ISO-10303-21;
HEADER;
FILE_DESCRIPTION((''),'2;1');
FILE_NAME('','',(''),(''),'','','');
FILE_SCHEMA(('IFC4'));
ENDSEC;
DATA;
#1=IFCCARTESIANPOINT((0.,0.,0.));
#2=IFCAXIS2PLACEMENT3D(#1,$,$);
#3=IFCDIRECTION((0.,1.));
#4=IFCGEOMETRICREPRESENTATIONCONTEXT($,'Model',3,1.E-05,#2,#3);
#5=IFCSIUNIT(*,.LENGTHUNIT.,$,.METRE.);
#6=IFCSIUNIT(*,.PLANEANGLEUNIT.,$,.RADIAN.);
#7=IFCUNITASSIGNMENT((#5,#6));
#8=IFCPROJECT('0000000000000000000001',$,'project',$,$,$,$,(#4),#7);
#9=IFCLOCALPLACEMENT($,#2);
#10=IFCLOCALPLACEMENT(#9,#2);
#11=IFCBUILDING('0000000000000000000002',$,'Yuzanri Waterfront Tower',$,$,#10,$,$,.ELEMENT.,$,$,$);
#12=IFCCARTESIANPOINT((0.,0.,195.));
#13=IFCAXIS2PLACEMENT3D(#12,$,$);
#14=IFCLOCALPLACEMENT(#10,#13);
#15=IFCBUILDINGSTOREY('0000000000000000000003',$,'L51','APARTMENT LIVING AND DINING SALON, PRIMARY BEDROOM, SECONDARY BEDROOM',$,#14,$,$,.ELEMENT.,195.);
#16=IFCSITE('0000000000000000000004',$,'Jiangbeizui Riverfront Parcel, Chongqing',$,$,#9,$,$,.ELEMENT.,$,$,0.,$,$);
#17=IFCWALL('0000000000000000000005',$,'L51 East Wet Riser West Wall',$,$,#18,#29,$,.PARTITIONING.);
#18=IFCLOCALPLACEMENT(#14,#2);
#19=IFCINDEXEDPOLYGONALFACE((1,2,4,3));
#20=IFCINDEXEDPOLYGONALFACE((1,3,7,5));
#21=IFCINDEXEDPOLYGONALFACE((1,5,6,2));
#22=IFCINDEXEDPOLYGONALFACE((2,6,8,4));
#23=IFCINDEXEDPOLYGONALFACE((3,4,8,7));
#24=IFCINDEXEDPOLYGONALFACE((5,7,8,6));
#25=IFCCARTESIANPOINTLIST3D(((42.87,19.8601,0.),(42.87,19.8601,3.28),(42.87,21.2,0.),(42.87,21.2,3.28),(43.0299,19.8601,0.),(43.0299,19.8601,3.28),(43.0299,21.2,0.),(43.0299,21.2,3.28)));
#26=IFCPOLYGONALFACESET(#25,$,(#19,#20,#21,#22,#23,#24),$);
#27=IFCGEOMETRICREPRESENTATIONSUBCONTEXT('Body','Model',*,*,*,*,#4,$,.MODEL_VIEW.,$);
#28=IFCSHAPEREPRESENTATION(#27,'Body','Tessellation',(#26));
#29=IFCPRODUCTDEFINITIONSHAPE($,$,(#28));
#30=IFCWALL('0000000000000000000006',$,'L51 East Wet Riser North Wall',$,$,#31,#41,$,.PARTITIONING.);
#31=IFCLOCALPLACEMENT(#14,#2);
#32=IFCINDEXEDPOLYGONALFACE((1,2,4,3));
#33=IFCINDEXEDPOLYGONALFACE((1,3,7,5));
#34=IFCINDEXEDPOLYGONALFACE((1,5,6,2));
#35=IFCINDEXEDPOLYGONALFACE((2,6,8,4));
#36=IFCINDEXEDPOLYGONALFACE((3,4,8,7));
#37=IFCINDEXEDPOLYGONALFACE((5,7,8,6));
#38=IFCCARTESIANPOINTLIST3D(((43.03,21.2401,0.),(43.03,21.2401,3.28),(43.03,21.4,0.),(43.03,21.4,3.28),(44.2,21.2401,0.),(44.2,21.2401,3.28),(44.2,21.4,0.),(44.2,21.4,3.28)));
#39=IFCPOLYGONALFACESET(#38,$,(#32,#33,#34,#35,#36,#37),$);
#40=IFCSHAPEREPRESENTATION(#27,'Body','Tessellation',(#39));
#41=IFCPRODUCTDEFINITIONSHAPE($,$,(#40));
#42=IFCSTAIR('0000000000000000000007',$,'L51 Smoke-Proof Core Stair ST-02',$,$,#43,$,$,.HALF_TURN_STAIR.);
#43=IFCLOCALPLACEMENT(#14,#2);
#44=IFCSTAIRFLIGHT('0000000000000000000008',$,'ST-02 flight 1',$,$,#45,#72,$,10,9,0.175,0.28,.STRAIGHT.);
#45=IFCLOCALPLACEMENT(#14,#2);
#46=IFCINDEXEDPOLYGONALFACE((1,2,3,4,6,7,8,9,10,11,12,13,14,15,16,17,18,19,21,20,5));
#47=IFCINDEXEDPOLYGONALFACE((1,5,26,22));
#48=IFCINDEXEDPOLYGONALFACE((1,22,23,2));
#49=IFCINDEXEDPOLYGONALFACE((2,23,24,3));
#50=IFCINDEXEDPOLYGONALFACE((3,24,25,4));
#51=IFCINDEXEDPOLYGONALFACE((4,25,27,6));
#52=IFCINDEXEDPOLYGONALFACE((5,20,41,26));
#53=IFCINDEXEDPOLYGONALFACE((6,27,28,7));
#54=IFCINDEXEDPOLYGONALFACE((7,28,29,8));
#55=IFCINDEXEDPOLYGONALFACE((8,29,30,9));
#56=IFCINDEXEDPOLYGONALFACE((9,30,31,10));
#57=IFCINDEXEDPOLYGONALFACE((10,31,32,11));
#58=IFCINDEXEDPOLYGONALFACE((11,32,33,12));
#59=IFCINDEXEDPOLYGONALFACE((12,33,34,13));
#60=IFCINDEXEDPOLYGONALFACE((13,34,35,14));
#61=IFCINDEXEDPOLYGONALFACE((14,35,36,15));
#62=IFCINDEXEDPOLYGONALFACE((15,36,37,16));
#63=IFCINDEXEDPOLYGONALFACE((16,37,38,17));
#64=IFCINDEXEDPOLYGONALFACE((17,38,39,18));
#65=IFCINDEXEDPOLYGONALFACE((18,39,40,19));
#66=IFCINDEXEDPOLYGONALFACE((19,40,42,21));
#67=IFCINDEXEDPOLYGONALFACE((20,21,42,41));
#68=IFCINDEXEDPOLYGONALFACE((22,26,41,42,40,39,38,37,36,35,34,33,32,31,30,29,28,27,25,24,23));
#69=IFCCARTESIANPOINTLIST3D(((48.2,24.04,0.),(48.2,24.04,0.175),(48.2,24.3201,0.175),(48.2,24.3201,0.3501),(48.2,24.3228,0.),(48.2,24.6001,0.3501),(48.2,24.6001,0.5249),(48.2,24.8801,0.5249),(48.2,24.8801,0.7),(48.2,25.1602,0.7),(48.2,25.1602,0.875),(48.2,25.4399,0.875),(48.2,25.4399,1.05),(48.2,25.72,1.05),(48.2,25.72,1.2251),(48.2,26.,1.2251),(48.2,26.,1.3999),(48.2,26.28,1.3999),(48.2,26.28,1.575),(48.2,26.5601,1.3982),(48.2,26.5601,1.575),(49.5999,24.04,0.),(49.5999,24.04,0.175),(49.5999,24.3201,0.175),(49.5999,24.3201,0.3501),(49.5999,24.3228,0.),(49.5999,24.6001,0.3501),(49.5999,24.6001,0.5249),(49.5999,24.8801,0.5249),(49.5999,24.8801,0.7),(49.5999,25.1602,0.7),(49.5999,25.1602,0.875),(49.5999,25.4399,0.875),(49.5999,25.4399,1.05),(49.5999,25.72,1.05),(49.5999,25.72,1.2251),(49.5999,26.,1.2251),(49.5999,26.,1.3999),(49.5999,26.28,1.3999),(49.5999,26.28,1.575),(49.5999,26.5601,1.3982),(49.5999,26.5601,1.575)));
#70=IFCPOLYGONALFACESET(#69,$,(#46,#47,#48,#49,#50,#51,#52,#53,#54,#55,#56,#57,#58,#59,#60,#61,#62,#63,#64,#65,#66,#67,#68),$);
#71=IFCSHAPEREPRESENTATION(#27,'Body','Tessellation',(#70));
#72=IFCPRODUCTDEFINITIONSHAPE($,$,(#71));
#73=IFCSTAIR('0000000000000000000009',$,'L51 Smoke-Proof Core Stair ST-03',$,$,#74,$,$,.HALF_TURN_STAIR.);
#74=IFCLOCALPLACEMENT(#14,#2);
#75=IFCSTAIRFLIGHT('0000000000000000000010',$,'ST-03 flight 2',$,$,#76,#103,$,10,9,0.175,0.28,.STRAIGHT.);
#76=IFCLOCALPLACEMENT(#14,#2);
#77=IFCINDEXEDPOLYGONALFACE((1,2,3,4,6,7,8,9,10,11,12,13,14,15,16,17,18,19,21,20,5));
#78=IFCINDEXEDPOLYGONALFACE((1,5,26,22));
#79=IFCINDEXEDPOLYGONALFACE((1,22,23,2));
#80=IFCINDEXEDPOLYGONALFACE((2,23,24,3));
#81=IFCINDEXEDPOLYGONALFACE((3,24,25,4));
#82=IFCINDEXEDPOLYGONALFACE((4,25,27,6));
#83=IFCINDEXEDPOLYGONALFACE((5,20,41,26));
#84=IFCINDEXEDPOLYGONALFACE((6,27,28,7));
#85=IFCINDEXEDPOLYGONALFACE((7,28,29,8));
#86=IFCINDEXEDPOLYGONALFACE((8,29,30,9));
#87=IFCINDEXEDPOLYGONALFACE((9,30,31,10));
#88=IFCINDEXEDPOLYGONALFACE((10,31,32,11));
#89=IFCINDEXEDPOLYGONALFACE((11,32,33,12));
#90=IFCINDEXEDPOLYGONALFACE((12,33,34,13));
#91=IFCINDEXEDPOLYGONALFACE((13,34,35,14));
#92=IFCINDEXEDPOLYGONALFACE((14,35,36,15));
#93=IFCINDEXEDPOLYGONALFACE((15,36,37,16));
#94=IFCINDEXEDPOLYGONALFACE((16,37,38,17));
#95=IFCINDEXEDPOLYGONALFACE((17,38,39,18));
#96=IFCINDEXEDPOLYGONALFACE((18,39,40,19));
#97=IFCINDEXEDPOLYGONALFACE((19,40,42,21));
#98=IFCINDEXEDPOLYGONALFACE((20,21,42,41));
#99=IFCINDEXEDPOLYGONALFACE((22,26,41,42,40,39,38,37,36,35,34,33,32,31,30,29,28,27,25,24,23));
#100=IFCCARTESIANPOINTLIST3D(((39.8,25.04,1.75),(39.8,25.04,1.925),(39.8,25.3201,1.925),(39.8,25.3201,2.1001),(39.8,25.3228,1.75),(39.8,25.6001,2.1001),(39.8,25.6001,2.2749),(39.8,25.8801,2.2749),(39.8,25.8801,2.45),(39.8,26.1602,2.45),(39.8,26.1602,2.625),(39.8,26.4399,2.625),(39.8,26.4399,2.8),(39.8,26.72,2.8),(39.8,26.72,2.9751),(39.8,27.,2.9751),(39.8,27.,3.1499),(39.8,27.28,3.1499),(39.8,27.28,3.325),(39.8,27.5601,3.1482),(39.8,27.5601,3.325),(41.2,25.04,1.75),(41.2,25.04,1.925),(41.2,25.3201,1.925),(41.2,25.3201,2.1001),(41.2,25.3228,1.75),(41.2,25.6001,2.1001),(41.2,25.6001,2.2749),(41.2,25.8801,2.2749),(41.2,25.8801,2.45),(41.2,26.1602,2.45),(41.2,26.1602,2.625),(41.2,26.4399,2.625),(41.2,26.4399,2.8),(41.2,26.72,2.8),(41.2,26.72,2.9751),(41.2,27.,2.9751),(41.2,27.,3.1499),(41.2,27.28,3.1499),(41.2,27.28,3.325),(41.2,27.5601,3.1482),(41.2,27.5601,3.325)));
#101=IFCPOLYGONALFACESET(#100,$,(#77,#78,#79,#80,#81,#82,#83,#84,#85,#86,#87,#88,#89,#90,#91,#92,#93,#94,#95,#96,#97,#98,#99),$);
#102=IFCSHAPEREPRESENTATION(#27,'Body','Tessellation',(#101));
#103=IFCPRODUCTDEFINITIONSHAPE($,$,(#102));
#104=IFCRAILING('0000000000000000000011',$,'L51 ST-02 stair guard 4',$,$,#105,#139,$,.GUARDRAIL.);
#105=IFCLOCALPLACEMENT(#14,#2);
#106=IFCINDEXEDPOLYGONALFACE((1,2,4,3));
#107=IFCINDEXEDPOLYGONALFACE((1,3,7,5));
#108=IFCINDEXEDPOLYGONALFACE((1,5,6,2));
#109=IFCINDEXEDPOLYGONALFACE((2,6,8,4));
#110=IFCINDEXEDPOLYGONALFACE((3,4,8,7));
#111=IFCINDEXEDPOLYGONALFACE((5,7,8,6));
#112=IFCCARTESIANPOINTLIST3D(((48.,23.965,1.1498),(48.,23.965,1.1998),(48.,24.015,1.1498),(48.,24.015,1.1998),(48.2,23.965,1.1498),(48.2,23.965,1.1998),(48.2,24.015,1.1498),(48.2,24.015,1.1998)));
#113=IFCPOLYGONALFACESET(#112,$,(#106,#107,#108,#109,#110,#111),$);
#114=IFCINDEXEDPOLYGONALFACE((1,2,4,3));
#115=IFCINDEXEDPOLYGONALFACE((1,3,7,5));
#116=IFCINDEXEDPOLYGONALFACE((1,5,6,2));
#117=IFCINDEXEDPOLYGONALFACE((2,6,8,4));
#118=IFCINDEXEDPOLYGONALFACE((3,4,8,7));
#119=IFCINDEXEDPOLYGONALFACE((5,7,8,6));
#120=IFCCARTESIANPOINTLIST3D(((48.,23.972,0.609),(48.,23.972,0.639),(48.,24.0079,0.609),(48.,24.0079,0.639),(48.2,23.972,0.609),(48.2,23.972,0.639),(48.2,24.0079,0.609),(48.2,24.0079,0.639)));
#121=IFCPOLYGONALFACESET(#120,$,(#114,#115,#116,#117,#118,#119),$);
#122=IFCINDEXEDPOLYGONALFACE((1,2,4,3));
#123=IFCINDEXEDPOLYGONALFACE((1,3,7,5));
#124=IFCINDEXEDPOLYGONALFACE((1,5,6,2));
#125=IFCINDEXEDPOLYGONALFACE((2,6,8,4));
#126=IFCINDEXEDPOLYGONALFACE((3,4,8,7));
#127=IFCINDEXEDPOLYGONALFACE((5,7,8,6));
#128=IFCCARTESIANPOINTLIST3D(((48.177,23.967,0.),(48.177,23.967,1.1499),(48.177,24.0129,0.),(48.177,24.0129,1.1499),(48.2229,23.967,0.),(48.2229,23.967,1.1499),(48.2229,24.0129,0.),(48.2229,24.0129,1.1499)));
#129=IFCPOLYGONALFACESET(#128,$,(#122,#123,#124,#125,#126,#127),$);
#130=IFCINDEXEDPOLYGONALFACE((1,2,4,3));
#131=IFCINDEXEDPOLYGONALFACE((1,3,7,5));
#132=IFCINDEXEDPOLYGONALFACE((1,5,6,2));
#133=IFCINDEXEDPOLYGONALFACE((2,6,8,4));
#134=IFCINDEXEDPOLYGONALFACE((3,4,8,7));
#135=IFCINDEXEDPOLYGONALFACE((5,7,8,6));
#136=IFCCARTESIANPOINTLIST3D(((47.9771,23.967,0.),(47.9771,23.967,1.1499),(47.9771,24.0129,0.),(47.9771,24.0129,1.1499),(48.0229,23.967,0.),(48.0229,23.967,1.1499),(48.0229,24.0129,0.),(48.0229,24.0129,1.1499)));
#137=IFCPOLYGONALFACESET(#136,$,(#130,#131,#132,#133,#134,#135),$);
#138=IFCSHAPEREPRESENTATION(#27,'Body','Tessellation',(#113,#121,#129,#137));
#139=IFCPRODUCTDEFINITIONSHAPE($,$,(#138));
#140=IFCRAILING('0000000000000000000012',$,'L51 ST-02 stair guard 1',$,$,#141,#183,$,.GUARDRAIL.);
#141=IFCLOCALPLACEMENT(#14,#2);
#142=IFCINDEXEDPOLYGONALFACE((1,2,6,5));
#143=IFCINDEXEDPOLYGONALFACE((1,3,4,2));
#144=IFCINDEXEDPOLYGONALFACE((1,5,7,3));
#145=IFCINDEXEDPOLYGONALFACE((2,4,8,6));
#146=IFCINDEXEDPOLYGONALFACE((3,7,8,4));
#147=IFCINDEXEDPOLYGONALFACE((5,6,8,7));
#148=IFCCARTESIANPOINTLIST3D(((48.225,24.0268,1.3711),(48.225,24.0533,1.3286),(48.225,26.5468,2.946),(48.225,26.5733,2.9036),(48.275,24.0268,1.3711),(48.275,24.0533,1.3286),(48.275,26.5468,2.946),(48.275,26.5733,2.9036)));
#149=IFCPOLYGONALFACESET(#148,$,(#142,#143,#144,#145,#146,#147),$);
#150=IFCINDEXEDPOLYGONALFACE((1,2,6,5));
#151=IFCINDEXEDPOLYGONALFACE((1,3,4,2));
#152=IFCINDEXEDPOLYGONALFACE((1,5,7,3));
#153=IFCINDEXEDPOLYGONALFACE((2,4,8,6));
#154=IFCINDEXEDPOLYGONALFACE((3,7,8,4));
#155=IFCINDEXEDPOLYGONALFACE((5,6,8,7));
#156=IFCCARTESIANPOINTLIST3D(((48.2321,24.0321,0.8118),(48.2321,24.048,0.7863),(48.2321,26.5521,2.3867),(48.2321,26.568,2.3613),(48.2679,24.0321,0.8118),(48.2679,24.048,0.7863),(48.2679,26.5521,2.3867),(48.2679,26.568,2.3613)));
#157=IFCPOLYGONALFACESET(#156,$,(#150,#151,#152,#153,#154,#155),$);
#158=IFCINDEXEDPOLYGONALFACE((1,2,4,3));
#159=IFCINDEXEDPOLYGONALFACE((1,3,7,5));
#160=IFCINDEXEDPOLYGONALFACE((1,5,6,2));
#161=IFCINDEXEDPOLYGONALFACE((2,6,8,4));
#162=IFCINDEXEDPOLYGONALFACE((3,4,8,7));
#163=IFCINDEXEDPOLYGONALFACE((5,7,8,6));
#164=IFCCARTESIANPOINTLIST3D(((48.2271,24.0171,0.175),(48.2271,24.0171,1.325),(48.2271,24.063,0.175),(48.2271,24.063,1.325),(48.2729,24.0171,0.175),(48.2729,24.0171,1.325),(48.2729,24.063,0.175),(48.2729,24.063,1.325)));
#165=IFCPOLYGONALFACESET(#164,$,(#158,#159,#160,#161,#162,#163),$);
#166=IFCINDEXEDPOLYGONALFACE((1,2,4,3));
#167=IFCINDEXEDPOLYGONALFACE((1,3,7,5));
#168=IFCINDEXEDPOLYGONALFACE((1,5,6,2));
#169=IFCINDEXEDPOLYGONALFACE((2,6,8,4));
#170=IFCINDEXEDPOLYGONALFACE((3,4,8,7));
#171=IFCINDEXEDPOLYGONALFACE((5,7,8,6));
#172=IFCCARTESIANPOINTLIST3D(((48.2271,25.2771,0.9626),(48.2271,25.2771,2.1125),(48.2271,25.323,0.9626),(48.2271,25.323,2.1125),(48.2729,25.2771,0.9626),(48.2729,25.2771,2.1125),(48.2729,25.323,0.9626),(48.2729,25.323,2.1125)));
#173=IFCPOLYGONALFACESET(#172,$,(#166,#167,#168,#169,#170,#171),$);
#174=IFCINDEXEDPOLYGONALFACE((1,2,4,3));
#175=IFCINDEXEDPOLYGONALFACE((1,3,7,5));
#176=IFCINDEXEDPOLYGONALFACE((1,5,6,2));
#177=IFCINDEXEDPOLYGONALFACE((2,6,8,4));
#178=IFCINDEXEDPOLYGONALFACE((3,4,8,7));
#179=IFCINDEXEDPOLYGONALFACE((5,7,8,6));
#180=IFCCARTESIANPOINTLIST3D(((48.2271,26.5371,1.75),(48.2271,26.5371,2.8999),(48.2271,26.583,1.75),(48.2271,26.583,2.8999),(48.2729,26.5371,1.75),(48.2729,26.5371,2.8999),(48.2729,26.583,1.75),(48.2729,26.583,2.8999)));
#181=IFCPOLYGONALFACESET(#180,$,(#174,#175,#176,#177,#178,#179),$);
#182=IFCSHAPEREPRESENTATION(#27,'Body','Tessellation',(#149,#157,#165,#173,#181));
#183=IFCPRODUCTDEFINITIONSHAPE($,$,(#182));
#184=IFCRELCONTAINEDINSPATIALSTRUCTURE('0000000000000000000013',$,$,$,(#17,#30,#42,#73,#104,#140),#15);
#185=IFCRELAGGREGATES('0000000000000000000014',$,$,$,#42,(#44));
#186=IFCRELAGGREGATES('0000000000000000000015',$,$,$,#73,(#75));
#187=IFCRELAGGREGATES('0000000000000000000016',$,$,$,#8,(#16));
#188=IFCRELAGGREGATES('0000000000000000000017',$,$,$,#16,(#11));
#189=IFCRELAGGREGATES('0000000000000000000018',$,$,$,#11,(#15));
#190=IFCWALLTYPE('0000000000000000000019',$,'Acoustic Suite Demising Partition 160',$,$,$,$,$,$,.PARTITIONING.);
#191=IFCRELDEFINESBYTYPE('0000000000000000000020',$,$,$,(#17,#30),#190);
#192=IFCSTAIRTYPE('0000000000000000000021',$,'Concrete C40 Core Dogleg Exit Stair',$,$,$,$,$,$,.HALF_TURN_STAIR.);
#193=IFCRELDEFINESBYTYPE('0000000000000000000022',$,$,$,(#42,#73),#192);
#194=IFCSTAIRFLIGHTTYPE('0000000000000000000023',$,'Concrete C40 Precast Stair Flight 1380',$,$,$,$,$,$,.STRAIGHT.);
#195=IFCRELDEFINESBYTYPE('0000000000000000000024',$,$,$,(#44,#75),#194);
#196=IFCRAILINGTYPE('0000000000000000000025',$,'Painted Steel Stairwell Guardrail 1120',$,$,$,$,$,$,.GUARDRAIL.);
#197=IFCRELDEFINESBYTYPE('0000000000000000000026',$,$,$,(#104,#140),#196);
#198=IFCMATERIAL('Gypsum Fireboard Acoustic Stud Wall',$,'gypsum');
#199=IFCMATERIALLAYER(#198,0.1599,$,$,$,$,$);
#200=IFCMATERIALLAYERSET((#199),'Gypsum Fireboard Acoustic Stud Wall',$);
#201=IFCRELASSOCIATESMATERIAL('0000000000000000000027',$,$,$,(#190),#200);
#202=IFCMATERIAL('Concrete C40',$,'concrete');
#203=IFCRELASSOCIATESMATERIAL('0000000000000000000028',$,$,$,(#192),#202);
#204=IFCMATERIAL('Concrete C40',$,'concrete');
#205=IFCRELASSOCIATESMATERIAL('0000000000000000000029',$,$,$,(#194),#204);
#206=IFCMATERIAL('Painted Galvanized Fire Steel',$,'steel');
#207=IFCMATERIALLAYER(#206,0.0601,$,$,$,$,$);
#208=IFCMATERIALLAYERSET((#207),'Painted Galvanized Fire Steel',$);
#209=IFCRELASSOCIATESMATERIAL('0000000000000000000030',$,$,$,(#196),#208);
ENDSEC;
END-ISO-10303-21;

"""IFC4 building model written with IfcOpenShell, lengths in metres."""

from ifc_helpers import new_model, si_unit, direction, frame, frame_2d, origin, origin_2d, place, context, subcontext, project, spatial, polyline, rectangle, outline, extrude, source, transform, mapped, material, layer, layer_set, type_object, element, aggregate, save


model = new_model("IFC4")

# Units and contexts
model_context = context("Model", 3, precision=1e-05, world=origin(), true_north=direction((0.0, 1.0)))
body_context = subcontext(model_context, "Body", "Model", "MODEL_VIEW")
ifc_project = project(units=[si_unit("LENGTHUNIT", "METRE"), si_unit("PLANEANGLEUNIT", "RADIAN")], contexts=[model_context])

# Site, building, storey
site_placement = place(None, origin())
site = spatial("IfcSite", under=ifc_project, at=site_placement, Name="Jiangbeizui Riverfront Parcel, Chongqing", CompositionType="ELEMENT", RefElevation=0.0)
building_placement = place(site_placement, origin())
building = spatial("IfcBuilding", under=site, at=building_placement, Name="Yuzanri Waterfront Tower", CompositionType="ELEMENT")
storey_placement = place(building_placement, frame((0.0, 0.0, 195.0)))
storey = spatial("IfcBuildingStorey", under=building, at=storey_placement, Name="L51", Description="APARTMENT LIVING AND DINING SALON, PRIMARY BEDROOM, SECONDARY BEDROOM", CompositionType="ELEMENT", Elevation=195.0)

# Walls
ifc_material_1 = material(Name="Gypsum Fireboard Acoustic Stud Wall", Category="gypsum")
ifc_layer_1 = layer(ifc_material_1, 0.1599)
ifc_layer_set_1 = layer_set([ifc_layer_1], Name="Gypsum Fireboard Acoustic Stud Wall")
wall_type_1 = type_object("IfcWallType", Name="Acoustic Suite Demising Partition 160", PredefinedType="PARTITIONING", material=ifc_layer_set_1)
shared_shape_1 = source(origin(), body_context, "Body", "SweptSolid", [
    extrude(rectangle(XDim=1.3398, YDim=0.1599, at=frame_2d((0.6699, 0.0))), origin(), (0.0, 0.0, 1.0), 3.28),
])
wall_1_placement = place(storey_placement, frame((42.95, 19.8601, 0.0), z_axis=(0.0, 0.0, 1.0), x_axis=(0.0, 1.0, 0.0)))
element("IfcWall", 1, at=wall_1_placement, inside=storey, type_object=wall_type_1, Name="L51 East Wet Riser West Wall", PredefinedType="PARTITIONING", context=body_context, shape_type="MappedRepresentation", body=[
    mapped(shared_shape_1, transform((0.0, 0.0, 0.0), scale=1.0)),
])
shared_shape_2 = source(origin(), body_context, "Body", "SweptSolid", [
    extrude(rectangle(XDim=1.1699, YDim=0.1599, at=frame_2d((0.585, 0.0))), origin(), (0.0, 0.0, 1.0), 3.28),
])
wall_2_placement = place(storey_placement, frame((43.03, 21.3201, 0.0), z_axis=(0.0, 0.0, 1.0), x_axis=(1.0, 0.0, 0.0)))
element("IfcWall", 2, at=wall_2_placement, inside=storey, type_object=wall_type_1, Name="L51 East Wet Riser North Wall", PredefinedType="PARTITIONING", context=body_context, shape_type="MappedRepresentation", body=[
    mapped(shared_shape_2, transform((0.0, 0.0, 0.0), scale=1.0)),
])

# Stairs, stair flights
ifc_material_2 = material(Name="Concrete C40", Category="concrete")
stair_type = type_object("IfcStairType", Name="Concrete C40 Core Dogleg Exit Stair", PredefinedType="HALF_TURN_STAIR", material=ifc_material_2)
stair_1_placement = place(storey_placement, origin())
stair_1 = element("IfcStair", 3, at=stair_1_placement, inside=storey, type_object=stair_type, Name="L51 Smoke-Proof Core Stair ST-02", PredefinedType="HALF_TURN_STAIR")
ifc_material_3 = material(Name="Concrete C40", Category="concrete")
stair_flight_type = type_object("IfcStairFlightType", Name="Concrete C40 Precast Stair Flight 1380", PredefinedType="STRAIGHT", material=ifc_material_3)
shared_shape_3 = source(origin(), body_context, "Body", "SweptSolid", [
    extrude(outline(polyline([(0.0, 0.0), (0.0, 0.175), (0.28, 0.175), (0.28, 0.3501), (0.5601, 0.3501), (0.5601, 0.5249), (0.8401, 0.5249), (0.8401, 0.7), (1.1201, 0.7), (1.1201, 0.875), (1.3999, 0.875), (1.3999, 1.05), (1.6799, 1.05), (1.6799, 1.2251), (1.96, 1.2251), (1.96, 1.3999), (2.24, 1.3999), (2.24, 1.575), (2.52, 1.575), (2.52, 1.75), (2.52, 1.3982), (0.2827, 0.0), (0.0, 0.0)])), frame((0.0, 0.7, 0.0), z_axis=(0.0, -1.0, 0.0), x_axis=(1.0, 0.0, 0.0)), (0.0, 0.0, 1.0), 1.3999),
])
stair_flight_1_placement = place(storey_placement, frame((48.8999, 24.04, 0.0), z_axis=(0.0, 0.0, 1.0), x_axis=(0.0, 1.0, 0.0)))
stair_flight_1 = element("IfcStairFlight", 4, at=stair_flight_1_placement, type_object=stair_flight_type, Name="ST-02 flight 1", NumberOfRisers=10, NumberOfTreads=9, PredefinedType="STRAIGHT", RiserHeight=0.175, TreadLength=0.28, context=body_context, shape_type="MappedRepresentation", body=[
    mapped(shared_shape_3, transform((0.0, 0.0, 0.0), scale=1.0)),
])
aggregate(stair_1, [stair_flight_1])
stair_2_placement = place(storey_placement, origin())
stair_2 = element("IfcStair", 5, at=stair_2_placement, inside=storey, type_object=stair_type, Name="L51 Smoke-Proof Core Stair ST-03", PredefinedType="HALF_TURN_STAIR")
stair_flight_2_placement = place(storey_placement, frame((40.5, 25.04, 1.75), z_axis=(0.0, 0.0, 1.0), x_axis=(0.0, 1.0, 0.0)))
stair_flight_2 = element("IfcStairFlight", 6, at=stair_flight_2_placement, type_object=stair_flight_type, Name="ST-03 flight 2", NumberOfRisers=10, NumberOfTreads=9, PredefinedType="STRAIGHT", RiserHeight=0.175, TreadLength=0.28, context=body_context, shape_type="MappedRepresentation", body=[
    mapped(shared_shape_3, transform((0.0, 0.0, 0.0), scale=1.0)),
])
aggregate(stair_2, [stair_flight_2])

# Railings
ifc_material_4 = material(Name="Painted Galvanized Fire Steel", Category="steel")
ifc_layer_2 = layer(ifc_material_4, 0.0601)
ifc_layer_set_2 = layer_set([ifc_layer_2], Name="Painted Galvanized Fire Steel")
railing_type_1 = type_object("IfcRailingType", Name="Painted Steel Stairwell Guardrail 1120", PredefinedType="GUARDRAIL", material=ifc_layer_set_2)
shared_shape_4 = source(origin(), body_context, "Body", "SweptSolid", [
    extrude(rectangle(XDim=0.05, YDim=0.05, at=origin_2d()), frame((0.0, 0.0, 1.1748), z_axis=(-1.0, 0.0, 0.0), x_axis=(0.0, -1.0, 0.0)), (0.0, 0.0, 1.0), 0.2),
    extrude(rectangle(XDim=0.0359, YDim=0.03, at=origin_2d()), frame((0.0, 0.0, 0.624), z_axis=(-1.0, 0.0, 0.0), x_axis=(0.0, -1.0, 0.0)), (0.0, 0.0, 1.0), 0.2),
    extrude(rectangle(XDim=0.0459, YDim=0.0459, at=origin_2d()), origin(), (0.0, 0.0, 1.0), 1.1499),
    extrude(rectangle(XDim=0.0459, YDim=0.0459, at=origin_2d()), frame((-0.2, 0.0, 0.0)), (0.0, 0.0, 1.0), 1.1499),
])
railing_1_placement = place(storey_placement, frame((48.2, 23.99, 0.0)))
element("IfcRailing", 7, at=railing_1_placement, inside=storey, type_object=railing_type_1, Name="L51 ST-02 stair guard 4", PredefinedType="GUARDRAIL", context=body_context, shape_type="MappedRepresentation", body=[
    mapped(shared_shape_4, transform((0.0, 0.0, 0.0), scale=1.0)),
])
shared_shape_5 = source(origin(), body_context, "Body", "SweptSolid", [
    extrude(rectangle(XDim=0.05, YDim=0.05, at=origin_2d()), frame((0.0, 0.0, 1.1748), z_axis=(0.0, 0.848008, 0.529984), x_axis=(-1.0, 0.0, 0.0)), (0.0, 0.0, 1.0), 2.9717),
    extrude(rectangle(XDim=0.0359, YDim=0.03, at=origin_2d()), frame((0.0, 0.0, 0.624), z_axis=(0.0, 0.848008, 0.529984), x_axis=(-1.0, 0.0, 0.0)), (0.0, 0.0, 1.0), 2.9717),
    extrude(rectangle(XDim=0.0459, YDim=0.0459, at=origin_2d()), origin(), (0.0, 0.0, 1.0), 1.1499),
    extrude(rectangle(XDim=0.0459, YDim=0.0459, at=origin_2d()), frame((0.0, 1.26, 0.7876)), (0.0, 0.0, 1.0), 1.1499),
    extrude(rectangle(XDim=0.0459, YDim=0.0459, at=origin_2d()), frame((0.0, 2.52, 1.575)), (0.0, 0.0, 1.0), 1.1499),
])
for number, where, name in (
    (8, (48.25, 24.04, 0.175), "L51 ST-02 stair guard 1"),
):
    element("IfcRailing", number, at=place(storey_placement, frame(where)), inside=storey, type_object=railing_type_1, Name=name, PredefinedType="GUARDRAIL", context=body_context, shape_type="MappedRepresentation", body=[
        mapped(shared_shape_5, transform((0.0, 0.0, 0.0), scale=1.0)),
    ])

save(model, "model.ifc")
